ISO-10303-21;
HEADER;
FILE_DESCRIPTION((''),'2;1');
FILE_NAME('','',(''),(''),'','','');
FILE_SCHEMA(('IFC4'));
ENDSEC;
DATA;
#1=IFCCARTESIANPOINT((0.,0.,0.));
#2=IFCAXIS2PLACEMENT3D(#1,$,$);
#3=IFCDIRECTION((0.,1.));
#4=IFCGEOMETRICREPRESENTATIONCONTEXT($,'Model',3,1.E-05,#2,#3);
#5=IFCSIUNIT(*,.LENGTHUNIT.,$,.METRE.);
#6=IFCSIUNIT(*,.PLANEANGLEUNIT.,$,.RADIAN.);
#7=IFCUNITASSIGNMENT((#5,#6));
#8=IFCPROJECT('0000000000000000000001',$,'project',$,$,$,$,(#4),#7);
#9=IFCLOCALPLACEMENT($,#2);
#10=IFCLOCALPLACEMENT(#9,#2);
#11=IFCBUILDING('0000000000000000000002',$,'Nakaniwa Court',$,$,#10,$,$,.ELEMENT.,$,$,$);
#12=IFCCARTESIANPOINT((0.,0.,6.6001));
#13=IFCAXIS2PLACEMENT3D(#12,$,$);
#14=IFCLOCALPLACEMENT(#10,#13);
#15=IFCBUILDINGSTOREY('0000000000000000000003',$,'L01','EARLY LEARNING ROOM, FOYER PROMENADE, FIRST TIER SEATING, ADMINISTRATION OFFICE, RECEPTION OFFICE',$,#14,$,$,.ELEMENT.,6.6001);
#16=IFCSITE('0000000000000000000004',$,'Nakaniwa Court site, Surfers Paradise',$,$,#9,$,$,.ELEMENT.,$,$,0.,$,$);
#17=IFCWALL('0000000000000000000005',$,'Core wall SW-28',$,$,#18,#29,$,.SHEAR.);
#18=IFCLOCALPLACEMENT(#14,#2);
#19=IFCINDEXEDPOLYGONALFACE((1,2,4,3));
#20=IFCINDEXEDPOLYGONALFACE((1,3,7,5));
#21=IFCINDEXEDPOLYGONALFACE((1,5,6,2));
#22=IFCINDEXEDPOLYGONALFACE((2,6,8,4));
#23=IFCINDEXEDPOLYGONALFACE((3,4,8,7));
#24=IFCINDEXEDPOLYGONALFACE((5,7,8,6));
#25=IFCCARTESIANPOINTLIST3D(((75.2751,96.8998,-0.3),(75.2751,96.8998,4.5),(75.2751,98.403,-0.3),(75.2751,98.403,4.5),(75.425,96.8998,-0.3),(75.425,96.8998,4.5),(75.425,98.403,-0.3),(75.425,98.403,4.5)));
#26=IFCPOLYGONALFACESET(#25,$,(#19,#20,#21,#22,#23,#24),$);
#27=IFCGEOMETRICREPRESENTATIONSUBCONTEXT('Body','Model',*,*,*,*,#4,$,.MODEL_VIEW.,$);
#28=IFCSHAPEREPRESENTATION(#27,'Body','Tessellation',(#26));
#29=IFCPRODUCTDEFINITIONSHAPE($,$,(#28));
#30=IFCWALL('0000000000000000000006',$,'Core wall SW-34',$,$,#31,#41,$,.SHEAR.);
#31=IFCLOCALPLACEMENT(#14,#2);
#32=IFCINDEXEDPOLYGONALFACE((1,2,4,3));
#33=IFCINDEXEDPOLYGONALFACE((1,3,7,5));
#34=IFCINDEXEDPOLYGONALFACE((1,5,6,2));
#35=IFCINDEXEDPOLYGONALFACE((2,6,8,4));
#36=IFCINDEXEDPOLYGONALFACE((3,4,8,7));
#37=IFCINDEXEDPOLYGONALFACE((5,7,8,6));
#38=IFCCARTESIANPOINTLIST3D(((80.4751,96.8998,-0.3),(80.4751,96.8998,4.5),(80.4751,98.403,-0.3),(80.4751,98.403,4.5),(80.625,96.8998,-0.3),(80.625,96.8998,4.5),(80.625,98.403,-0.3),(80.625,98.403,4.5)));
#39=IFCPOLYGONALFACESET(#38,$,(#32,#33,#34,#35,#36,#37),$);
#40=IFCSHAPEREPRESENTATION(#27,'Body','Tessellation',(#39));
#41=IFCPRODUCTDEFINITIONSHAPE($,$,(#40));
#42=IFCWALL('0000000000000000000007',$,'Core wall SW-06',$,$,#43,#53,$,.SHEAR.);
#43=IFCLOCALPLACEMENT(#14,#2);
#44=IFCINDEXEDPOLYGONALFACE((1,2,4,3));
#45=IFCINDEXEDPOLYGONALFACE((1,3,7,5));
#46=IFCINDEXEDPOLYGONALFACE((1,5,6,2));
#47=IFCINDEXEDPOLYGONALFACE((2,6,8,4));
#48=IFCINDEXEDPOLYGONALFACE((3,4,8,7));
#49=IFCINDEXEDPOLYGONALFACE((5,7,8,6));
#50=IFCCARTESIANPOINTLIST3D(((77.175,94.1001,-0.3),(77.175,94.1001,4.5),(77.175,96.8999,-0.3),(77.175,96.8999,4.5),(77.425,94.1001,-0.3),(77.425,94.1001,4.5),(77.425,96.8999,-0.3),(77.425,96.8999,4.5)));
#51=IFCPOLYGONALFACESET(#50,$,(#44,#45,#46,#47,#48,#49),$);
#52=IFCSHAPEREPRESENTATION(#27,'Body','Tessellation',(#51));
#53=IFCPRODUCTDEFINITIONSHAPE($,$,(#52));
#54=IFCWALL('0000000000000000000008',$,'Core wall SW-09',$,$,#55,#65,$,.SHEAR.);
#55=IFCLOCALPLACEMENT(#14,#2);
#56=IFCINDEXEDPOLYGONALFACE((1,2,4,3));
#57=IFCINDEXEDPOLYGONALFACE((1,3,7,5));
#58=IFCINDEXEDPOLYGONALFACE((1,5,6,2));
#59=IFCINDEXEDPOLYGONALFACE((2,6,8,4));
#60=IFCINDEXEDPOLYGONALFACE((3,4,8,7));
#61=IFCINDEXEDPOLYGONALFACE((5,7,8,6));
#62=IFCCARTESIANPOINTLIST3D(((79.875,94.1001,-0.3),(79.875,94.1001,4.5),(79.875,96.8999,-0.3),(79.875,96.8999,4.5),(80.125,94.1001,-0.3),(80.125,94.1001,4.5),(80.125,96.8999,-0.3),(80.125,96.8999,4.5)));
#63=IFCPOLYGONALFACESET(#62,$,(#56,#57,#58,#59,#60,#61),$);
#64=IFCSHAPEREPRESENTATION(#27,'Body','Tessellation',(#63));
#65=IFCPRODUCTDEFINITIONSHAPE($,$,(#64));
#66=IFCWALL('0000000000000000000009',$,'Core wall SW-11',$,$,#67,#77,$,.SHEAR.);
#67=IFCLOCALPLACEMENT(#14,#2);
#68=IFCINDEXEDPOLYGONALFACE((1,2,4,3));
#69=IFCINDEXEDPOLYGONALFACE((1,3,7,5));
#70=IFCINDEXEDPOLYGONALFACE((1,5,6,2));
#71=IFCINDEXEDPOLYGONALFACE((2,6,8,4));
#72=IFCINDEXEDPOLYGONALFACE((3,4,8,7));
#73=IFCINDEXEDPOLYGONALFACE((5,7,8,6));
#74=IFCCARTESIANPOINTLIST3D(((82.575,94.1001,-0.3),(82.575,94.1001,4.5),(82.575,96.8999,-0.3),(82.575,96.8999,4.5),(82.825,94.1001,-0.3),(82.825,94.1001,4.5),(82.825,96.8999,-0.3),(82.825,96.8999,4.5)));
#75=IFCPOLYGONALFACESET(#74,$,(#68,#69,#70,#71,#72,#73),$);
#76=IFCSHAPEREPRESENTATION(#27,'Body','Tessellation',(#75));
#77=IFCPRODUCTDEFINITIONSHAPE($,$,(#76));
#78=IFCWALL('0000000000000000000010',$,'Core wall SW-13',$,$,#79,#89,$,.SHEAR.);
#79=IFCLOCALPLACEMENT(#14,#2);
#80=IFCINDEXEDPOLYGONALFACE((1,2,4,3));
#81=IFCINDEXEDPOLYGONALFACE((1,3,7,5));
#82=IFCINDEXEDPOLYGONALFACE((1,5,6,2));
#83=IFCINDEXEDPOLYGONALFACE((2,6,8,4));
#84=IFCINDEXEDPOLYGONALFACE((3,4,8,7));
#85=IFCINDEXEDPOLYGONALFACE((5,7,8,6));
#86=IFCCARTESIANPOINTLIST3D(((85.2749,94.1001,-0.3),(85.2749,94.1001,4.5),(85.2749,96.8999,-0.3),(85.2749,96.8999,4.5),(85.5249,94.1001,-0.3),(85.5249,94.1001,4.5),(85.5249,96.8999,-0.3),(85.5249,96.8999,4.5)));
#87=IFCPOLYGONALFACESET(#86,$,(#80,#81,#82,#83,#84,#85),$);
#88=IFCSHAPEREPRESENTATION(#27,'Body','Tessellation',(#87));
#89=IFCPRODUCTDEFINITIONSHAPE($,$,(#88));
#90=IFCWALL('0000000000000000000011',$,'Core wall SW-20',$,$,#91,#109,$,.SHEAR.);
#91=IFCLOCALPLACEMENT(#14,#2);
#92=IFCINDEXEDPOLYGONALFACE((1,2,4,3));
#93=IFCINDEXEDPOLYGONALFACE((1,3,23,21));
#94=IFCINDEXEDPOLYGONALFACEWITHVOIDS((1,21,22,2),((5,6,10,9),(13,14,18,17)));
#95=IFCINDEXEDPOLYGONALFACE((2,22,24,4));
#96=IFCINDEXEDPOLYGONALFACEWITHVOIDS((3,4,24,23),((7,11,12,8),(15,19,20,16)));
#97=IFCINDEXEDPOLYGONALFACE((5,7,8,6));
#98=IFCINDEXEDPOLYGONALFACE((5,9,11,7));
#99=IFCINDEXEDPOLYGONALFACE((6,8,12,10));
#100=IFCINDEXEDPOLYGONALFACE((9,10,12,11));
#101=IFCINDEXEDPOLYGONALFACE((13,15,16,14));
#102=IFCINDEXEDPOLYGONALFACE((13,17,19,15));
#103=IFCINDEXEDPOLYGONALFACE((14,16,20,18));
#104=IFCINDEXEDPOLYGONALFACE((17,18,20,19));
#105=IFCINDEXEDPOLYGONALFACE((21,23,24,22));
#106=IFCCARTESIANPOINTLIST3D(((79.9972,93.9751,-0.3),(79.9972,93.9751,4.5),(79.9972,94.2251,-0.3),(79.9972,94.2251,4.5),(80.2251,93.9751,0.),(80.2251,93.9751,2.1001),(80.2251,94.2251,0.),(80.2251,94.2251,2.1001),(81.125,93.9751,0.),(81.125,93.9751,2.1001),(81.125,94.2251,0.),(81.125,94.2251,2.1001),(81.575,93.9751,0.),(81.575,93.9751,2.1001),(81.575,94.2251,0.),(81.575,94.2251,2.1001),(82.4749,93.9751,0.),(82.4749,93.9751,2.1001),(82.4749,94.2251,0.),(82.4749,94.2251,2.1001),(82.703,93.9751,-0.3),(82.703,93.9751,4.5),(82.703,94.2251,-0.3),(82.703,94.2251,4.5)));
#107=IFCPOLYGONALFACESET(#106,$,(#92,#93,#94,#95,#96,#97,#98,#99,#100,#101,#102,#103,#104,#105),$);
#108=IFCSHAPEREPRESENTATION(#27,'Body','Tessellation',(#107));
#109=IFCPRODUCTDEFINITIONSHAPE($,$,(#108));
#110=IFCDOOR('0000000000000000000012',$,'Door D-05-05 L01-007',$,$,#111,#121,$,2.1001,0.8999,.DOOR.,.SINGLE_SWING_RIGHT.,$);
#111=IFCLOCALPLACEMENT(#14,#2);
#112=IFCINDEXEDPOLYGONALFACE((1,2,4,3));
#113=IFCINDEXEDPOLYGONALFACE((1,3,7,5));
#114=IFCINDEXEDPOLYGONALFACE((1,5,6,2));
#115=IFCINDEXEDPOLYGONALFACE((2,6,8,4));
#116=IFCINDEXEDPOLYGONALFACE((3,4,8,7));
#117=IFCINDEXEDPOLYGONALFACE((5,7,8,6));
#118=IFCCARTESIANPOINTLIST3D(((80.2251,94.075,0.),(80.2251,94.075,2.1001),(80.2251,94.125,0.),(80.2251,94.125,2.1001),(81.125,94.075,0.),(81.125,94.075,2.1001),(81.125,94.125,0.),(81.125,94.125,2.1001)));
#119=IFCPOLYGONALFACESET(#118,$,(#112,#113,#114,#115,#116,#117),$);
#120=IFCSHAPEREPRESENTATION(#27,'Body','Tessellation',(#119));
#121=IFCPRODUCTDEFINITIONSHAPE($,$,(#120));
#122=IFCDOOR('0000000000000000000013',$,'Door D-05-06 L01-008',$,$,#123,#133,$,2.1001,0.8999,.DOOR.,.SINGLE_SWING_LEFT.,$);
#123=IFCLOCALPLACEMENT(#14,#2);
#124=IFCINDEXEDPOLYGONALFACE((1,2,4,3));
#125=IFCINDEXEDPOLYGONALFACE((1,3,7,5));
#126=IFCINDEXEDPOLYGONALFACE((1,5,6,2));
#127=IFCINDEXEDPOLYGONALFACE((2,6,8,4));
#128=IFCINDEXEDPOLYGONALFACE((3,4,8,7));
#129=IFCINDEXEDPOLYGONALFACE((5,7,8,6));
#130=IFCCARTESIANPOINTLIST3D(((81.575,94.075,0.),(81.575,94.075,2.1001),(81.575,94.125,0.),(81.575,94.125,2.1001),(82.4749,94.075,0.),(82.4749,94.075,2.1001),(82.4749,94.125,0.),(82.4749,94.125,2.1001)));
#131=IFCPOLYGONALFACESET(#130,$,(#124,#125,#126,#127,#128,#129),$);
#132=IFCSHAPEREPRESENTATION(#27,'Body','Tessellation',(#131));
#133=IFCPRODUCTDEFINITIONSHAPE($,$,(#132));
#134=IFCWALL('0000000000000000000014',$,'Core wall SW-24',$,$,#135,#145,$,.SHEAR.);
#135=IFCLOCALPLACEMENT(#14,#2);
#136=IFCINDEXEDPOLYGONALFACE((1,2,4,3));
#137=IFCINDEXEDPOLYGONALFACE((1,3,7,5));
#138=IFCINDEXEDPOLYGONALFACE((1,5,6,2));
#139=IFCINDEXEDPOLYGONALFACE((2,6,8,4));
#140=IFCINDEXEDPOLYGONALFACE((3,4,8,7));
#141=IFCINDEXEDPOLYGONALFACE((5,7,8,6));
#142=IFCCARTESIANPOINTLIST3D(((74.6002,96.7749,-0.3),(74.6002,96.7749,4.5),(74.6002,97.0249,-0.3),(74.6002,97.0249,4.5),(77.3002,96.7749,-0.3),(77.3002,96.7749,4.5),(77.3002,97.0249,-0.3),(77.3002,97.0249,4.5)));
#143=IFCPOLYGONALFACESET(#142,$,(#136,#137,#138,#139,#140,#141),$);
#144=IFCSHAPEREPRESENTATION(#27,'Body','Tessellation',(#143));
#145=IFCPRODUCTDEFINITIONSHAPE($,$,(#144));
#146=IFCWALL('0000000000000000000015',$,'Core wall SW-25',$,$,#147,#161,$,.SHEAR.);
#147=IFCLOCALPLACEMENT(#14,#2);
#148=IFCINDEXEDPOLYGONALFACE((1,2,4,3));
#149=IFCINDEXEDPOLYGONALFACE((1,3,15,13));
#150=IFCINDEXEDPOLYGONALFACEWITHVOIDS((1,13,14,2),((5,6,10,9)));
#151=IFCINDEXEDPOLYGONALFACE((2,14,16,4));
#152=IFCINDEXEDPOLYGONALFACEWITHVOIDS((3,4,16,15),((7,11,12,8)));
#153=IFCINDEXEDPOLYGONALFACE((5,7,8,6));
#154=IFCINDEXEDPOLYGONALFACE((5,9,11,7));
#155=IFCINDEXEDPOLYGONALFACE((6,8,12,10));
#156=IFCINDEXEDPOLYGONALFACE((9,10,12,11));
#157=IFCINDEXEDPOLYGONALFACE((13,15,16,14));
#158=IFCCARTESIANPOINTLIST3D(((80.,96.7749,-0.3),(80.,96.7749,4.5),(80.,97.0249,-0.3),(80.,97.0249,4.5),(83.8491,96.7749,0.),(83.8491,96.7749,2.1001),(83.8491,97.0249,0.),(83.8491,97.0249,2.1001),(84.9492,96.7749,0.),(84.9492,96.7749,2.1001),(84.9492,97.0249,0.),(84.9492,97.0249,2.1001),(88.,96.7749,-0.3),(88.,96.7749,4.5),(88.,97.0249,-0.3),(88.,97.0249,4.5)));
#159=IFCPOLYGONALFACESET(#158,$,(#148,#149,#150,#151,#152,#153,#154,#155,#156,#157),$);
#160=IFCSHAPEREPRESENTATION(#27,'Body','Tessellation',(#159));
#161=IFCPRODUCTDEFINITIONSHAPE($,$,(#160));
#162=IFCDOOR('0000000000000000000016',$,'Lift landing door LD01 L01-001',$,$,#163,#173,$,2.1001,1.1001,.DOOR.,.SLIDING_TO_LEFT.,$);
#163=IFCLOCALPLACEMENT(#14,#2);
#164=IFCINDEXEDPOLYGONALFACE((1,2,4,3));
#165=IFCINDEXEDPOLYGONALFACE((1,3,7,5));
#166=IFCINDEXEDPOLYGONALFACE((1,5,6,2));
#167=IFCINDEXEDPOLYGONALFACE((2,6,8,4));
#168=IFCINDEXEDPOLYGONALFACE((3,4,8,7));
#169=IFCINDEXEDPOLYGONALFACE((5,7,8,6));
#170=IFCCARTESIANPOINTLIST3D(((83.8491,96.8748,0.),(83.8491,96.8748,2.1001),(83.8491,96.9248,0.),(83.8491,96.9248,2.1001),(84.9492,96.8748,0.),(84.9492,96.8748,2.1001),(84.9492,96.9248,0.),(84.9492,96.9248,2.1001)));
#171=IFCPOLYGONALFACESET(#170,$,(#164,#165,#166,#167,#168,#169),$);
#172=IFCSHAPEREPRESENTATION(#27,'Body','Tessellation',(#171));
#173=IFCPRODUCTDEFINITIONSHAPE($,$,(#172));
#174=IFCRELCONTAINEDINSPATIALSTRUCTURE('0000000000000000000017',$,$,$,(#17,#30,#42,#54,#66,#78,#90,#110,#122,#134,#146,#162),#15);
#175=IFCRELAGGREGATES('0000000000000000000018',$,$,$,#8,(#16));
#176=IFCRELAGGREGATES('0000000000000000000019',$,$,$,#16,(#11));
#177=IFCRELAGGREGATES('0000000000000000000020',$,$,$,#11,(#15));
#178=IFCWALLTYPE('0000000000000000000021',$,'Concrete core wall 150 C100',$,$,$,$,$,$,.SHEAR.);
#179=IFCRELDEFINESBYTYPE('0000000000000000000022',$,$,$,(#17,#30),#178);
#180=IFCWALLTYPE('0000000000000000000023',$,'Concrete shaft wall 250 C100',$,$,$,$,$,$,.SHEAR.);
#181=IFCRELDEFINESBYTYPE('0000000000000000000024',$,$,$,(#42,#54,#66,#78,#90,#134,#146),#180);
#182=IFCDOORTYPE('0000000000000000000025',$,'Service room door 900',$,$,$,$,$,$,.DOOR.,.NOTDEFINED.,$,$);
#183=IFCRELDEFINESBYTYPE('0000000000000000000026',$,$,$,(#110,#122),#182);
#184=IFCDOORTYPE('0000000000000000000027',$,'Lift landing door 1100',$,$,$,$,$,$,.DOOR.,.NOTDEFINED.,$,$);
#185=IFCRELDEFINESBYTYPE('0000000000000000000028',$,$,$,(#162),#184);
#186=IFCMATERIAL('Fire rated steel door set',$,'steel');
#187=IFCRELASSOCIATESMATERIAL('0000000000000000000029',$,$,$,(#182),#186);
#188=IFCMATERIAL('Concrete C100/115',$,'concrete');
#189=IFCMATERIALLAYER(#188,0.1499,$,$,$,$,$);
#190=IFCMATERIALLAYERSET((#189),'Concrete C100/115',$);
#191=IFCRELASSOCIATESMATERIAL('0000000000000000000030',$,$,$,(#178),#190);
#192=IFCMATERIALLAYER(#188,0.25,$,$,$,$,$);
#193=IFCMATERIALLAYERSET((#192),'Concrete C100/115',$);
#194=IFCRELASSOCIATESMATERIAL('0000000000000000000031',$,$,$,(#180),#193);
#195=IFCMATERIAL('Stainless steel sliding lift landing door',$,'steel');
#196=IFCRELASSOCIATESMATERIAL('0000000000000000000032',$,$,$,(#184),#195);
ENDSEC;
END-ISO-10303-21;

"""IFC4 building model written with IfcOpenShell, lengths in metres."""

from ifc_helpers import new_model, si_unit, direction, frame, frame_2d, origin, place, context, subcontext, project, spatial, rectangle, extrude, material, layer, layer_set, type_object, element, fill, save


model = new_model("IFC4")

# Units and contexts
model_context = context("Model", 3, precision=1e-05, world=origin(), true_north=direction((0.0, 1.0)))
body_context = subcontext(model_context, "Body", "Model", "MODEL_VIEW")
ifc_project = project(units=[si_unit("LENGTHUNIT", "METRE"), si_unit("PLANEANGLEUNIT", "RADIAN")], contexts=[model_context])

# Site, building, storey
site_placement = place(None, origin())
site = spatial("IfcSite", under=ifc_project, at=site_placement, Name="Nakaniwa Court site, Surfers Paradise", CompositionType="ELEMENT", RefElevation=0.0)
building_placement = place(site_placement, origin())
building = spatial("IfcBuilding", under=site, at=building_placement, Name="Nakaniwa Court", CompositionType="ELEMENT")
storey_placement = place(building_placement, frame((0.0, 0.0, 6.6001)))
storey = spatial("IfcBuildingStorey", under=building, at=storey_placement, Name="L01", Description="EARLY LEARNING ROOM, FOYER PROMENADE, FIRST TIER SEATING, ADMINISTRATION OFFICE, RECEPTION OFFICE", CompositionType="ELEMENT", Elevation=6.6001)

# Shared definitions
ifc_material_1 = material(Name="Fire rated steel door set", Category="steel")
door_type_1 = type_object("IfcDoorType", Name="Service room door 900", OperationType="NOTDEFINED", PredefinedType="DOOR", material=ifc_material_1)

# Shared definitions
ifc_material_2 = material(Name="Concrete C100/115", Category="concrete")

# Shared definitions
ifc_layer_1 = layer(ifc_material_2, 0.1499)
ifc_layer_set_1 = layer_set([ifc_layer_1], Name="Concrete C100/115")
wall_type_1 = type_object("IfcWallType", Name="Concrete core wall 150 C100", PredefinedType="SHEAR", material=ifc_layer_set_1)

# Walls
for number, where, z_axis, x_axis, name in (
    (1, (75.3501, 96.8999, -0.3), (0.0, 0.0, 1.0), (0.0, 1.0, 0.0), "Core wall SW-28"),
    (2, (80.55, 96.8999, -0.3), (0.0, 0.0, 1.0), (0.0, 1.0, 0.0), "Core wall SW-34"),
):
    element("IfcWall", number, at=place(storey_placement, frame(where, z_axis=z_axis, x_axis=x_axis)), inside=storey, type_object=wall_type_1, Name=name, PredefinedType="SHEAR", context=body_context, shape_type="SweptSolid", body=[
        extrude(rectangle(XDim=1.5032, YDim=0.1499, at=frame_2d((0.7515, 0.0))), origin(), (0.0, 0.0, 1.0), 4.8),
    ])
ifc_layer_2 = layer(ifc_material_2, 0.25)
ifc_layer_set_2 = layer_set([ifc_layer_2], Name="Concrete C100/115")
wall_type_2 = type_object("IfcWallType", Name="Concrete shaft wall 250 C100", PredefinedType="SHEAR", material=ifc_layer_set_2)
for number, where, z_axis, x_axis, name in (
    (3, (77.3, 94.1001, -0.3), (0.0, 0.0, 1.0), (0.0, 1.0, 0.0), "Core wall SW-06"),
    (4, (80.0, 94.1001, -0.3), (0.0, 0.0, 1.0), (0.0, 1.0, 0.0), "Core wall SW-09"),
    (5, (82.7, 94.1001, -0.3), (0.0, 0.0, 1.0), (0.0, 1.0, 0.0), "Core wall SW-11"),
    (6, (85.3999, 94.1001, -0.3), (0.0, 0.0, 1.0), (0.0, 1.0, 0.0), "Core wall SW-13"),
):
    element("IfcWall", number, at=place(storey_placement, frame(where, z_axis=z_axis, x_axis=x_axis)), inside=storey, type_object=wall_type_2, Name=name, PredefinedType="SHEAR", context=body_context, shape_type="SweptSolid", body=[
        extrude(rectangle(XDim=2.7998, YDim=0.25, at=frame_2d((1.3999, 0.0))), origin(), (0.0, 0.0, 1.0), 4.8),
    ])

# Wall, openings, doors
wall_1_placement = place(storey_placement, frame((79.9971, 94.1001, -0.3), z_axis=(0.0, 0.0, 1.0), x_axis=(1.0, 0.0, 0.0)))
wall_1 = element("IfcWall", 7, at=wall_1_placement, inside=storey, type_object=wall_type_2, Name="Core wall SW-20", PredefinedType="SHEAR", context=body_context, shape_type="SweptSolid", body=[
    extrude(rectangle(XDim=2.7058, YDim=0.25, at=frame_2d((1.353, 0.0))), origin(), (0.0, 0.0, 1.0), 4.8),
])
opening_1_placement = place(wall_1_placement, frame((0.228, 0.0, 0.3)))
opening_1 = element("IfcOpeningElement", 8, at=opening_1_placement, cuts=wall_1, PredefinedType="OPENING", context=body_context, shape_type="SweptSolid", body=[
    extrude(rectangle(XDim=0.8999, YDim=2.1001, at=frame_2d((0.45, 1.05))), frame((0.0, 0.135, 0.0), z_axis=(0.0, -1.0, 0.0), x_axis=(1.0, 0.0, 0.0)), (0.0, 0.0, 1.0), 0.27),
])
opening_2_placement = place(wall_1_placement, frame((1.5779, 0.0, 0.3)))
opening_2 = element("IfcOpeningElement", 9, at=opening_2_placement, cuts=wall_1, PredefinedType="OPENING", context=body_context, shape_type="SweptSolid", body=[
    extrude(rectangle(XDim=0.8999, YDim=2.1001, at=frame_2d((0.45, 1.05))), frame((0.0, 0.135, 0.0), z_axis=(0.0, -1.0, 0.0), x_axis=(1.0, 0.0, 0.0)), (0.0, 0.0, 1.0), 0.27),
])
door_1_placement = place(opening_1_placement, origin())
door_1 = element("IfcDoor", 10, at=door_1_placement, inside=storey, type_object=door_type_1, Name="Door D-05-05 L01-007", OperationType="SINGLE_SWING_RIGHT", OverallHeight=2.1001, OverallWidth=0.8999, PredefinedType="DOOR", context=body_context, shape_type="SweptSolid", body=[
    extrude(rectangle(XDim=0.8999, YDim=2.1001, at=frame_2d((0.45, 1.05))), frame((0.0, 0.0249, 0.0), z_axis=(0.0, -1.0, 0.0), x_axis=(1.0, 0.0, 0.0)), (0.0, 0.0, 1.0), 0.05),
])
fill(opening_1, door_1)
door_2_placement = place(opening_2_placement, origin())
door_2 = element("IfcDoor", 11, at=door_2_placement, inside=storey, type_object=door_type_1, Name="Door D-05-06 L01-008", OperationType="SINGLE_SWING_LEFT", OverallHeight=2.1001, OverallWidth=0.8999, PredefinedType="DOOR", context=body_context, shape_type="SweptSolid", body=[
    extrude(rectangle(XDim=0.8999, YDim=2.1001, at=frame_2d((0.45, 1.05))), frame((0.0, 0.0249, 0.0), z_axis=(0.0, -1.0, 0.0), x_axis=(1.0, 0.0, 0.0)), (0.0, 0.0, 1.0), 0.05),
])
fill(opening_2, door_2)

# Wall
wall_2_placement = place(storey_placement, frame((74.6001, 96.8999, -0.3), z_axis=(0.0, 0.0, 1.0), x_axis=(1.0, 0.0, 0.0)))
element("IfcWall", 12, at=wall_2_placement, inside=storey, type_object=wall_type_2, Name="Core wall SW-24", PredefinedType="SHEAR", context=body_context, shape_type="SweptSolid", body=[
    extrude(rectangle(XDim=2.7, YDim=0.25, at=frame_2d((1.3501, 0.0))), origin(), (0.0, 0.0, 1.0), 4.8),
])

# Wall, opening, door
wall_3_placement = place(storey_placement, frame((80.0, 96.8999, -0.3), z_axis=(0.0, 0.0, 1.0), x_axis=(1.0, 0.0, 0.0)))
wall_3 = element("IfcWall", 13, at=wall_3_placement, inside=storey, type_object=wall_type_2, Name="Core wall SW-25", PredefinedType="SHEAR", context=body_context, shape_type="SweptSolid", body=[
    extrude(rectangle(XDim=8.0, YDim=0.25, at=frame_2d((4.0, 0.0))), origin(), (0.0, 0.0, 1.0), 4.8),
])
opening_3_placement = place(wall_3_placement, frame((3.8491, 0.0, 0.3)))
opening_3 = element("IfcOpeningElement", 14, at=opening_3_placement, cuts=wall_3, PredefinedType="OPENING", context=body_context, shape_type="SweptSolid", body=[
    extrude(rectangle(XDim=1.1001, YDim=2.1001, at=frame_2d((0.55, 1.05))), frame((0.0, 0.135, 0.0), z_axis=(0.0, -1.0, 0.0), x_axis=(1.0, 0.0, 0.0)), (0.0, 0.0, 1.0), 0.27),
])
ifc_material_3 = material(Name="Stainless steel sliding lift landing door", Category="steel")
door_type_2 = type_object("IfcDoorType", Name="Lift landing door 1100", OperationType="NOTDEFINED", PredefinedType="DOOR", material=ifc_material_3)
door_3_placement = place(opening_3_placement, origin())
door_3 = element("IfcDoor", 15, at=door_3_placement, inside=storey, type_object=door_type_2, Name="Lift landing door LD01 L01-001", OperationType="SLIDING_TO_LEFT", OverallHeight=2.1001, OverallWidth=1.1001, PredefinedType="DOOR", context=body_context, shape_type="SweptSolid", body=[
    extrude(rectangle(XDim=1.1001, YDim=2.1001, at=frame_2d((0.55, 1.05))), frame((0.0, 0.0249, 0.0), z_axis=(0.0, -1.0, 0.0), x_axis=(1.0, 0.0, 0.0)), (0.0, 0.0, 1.0), 0.05),
])
fill(opening_3, door_3)

save(model, "model.ifc")
